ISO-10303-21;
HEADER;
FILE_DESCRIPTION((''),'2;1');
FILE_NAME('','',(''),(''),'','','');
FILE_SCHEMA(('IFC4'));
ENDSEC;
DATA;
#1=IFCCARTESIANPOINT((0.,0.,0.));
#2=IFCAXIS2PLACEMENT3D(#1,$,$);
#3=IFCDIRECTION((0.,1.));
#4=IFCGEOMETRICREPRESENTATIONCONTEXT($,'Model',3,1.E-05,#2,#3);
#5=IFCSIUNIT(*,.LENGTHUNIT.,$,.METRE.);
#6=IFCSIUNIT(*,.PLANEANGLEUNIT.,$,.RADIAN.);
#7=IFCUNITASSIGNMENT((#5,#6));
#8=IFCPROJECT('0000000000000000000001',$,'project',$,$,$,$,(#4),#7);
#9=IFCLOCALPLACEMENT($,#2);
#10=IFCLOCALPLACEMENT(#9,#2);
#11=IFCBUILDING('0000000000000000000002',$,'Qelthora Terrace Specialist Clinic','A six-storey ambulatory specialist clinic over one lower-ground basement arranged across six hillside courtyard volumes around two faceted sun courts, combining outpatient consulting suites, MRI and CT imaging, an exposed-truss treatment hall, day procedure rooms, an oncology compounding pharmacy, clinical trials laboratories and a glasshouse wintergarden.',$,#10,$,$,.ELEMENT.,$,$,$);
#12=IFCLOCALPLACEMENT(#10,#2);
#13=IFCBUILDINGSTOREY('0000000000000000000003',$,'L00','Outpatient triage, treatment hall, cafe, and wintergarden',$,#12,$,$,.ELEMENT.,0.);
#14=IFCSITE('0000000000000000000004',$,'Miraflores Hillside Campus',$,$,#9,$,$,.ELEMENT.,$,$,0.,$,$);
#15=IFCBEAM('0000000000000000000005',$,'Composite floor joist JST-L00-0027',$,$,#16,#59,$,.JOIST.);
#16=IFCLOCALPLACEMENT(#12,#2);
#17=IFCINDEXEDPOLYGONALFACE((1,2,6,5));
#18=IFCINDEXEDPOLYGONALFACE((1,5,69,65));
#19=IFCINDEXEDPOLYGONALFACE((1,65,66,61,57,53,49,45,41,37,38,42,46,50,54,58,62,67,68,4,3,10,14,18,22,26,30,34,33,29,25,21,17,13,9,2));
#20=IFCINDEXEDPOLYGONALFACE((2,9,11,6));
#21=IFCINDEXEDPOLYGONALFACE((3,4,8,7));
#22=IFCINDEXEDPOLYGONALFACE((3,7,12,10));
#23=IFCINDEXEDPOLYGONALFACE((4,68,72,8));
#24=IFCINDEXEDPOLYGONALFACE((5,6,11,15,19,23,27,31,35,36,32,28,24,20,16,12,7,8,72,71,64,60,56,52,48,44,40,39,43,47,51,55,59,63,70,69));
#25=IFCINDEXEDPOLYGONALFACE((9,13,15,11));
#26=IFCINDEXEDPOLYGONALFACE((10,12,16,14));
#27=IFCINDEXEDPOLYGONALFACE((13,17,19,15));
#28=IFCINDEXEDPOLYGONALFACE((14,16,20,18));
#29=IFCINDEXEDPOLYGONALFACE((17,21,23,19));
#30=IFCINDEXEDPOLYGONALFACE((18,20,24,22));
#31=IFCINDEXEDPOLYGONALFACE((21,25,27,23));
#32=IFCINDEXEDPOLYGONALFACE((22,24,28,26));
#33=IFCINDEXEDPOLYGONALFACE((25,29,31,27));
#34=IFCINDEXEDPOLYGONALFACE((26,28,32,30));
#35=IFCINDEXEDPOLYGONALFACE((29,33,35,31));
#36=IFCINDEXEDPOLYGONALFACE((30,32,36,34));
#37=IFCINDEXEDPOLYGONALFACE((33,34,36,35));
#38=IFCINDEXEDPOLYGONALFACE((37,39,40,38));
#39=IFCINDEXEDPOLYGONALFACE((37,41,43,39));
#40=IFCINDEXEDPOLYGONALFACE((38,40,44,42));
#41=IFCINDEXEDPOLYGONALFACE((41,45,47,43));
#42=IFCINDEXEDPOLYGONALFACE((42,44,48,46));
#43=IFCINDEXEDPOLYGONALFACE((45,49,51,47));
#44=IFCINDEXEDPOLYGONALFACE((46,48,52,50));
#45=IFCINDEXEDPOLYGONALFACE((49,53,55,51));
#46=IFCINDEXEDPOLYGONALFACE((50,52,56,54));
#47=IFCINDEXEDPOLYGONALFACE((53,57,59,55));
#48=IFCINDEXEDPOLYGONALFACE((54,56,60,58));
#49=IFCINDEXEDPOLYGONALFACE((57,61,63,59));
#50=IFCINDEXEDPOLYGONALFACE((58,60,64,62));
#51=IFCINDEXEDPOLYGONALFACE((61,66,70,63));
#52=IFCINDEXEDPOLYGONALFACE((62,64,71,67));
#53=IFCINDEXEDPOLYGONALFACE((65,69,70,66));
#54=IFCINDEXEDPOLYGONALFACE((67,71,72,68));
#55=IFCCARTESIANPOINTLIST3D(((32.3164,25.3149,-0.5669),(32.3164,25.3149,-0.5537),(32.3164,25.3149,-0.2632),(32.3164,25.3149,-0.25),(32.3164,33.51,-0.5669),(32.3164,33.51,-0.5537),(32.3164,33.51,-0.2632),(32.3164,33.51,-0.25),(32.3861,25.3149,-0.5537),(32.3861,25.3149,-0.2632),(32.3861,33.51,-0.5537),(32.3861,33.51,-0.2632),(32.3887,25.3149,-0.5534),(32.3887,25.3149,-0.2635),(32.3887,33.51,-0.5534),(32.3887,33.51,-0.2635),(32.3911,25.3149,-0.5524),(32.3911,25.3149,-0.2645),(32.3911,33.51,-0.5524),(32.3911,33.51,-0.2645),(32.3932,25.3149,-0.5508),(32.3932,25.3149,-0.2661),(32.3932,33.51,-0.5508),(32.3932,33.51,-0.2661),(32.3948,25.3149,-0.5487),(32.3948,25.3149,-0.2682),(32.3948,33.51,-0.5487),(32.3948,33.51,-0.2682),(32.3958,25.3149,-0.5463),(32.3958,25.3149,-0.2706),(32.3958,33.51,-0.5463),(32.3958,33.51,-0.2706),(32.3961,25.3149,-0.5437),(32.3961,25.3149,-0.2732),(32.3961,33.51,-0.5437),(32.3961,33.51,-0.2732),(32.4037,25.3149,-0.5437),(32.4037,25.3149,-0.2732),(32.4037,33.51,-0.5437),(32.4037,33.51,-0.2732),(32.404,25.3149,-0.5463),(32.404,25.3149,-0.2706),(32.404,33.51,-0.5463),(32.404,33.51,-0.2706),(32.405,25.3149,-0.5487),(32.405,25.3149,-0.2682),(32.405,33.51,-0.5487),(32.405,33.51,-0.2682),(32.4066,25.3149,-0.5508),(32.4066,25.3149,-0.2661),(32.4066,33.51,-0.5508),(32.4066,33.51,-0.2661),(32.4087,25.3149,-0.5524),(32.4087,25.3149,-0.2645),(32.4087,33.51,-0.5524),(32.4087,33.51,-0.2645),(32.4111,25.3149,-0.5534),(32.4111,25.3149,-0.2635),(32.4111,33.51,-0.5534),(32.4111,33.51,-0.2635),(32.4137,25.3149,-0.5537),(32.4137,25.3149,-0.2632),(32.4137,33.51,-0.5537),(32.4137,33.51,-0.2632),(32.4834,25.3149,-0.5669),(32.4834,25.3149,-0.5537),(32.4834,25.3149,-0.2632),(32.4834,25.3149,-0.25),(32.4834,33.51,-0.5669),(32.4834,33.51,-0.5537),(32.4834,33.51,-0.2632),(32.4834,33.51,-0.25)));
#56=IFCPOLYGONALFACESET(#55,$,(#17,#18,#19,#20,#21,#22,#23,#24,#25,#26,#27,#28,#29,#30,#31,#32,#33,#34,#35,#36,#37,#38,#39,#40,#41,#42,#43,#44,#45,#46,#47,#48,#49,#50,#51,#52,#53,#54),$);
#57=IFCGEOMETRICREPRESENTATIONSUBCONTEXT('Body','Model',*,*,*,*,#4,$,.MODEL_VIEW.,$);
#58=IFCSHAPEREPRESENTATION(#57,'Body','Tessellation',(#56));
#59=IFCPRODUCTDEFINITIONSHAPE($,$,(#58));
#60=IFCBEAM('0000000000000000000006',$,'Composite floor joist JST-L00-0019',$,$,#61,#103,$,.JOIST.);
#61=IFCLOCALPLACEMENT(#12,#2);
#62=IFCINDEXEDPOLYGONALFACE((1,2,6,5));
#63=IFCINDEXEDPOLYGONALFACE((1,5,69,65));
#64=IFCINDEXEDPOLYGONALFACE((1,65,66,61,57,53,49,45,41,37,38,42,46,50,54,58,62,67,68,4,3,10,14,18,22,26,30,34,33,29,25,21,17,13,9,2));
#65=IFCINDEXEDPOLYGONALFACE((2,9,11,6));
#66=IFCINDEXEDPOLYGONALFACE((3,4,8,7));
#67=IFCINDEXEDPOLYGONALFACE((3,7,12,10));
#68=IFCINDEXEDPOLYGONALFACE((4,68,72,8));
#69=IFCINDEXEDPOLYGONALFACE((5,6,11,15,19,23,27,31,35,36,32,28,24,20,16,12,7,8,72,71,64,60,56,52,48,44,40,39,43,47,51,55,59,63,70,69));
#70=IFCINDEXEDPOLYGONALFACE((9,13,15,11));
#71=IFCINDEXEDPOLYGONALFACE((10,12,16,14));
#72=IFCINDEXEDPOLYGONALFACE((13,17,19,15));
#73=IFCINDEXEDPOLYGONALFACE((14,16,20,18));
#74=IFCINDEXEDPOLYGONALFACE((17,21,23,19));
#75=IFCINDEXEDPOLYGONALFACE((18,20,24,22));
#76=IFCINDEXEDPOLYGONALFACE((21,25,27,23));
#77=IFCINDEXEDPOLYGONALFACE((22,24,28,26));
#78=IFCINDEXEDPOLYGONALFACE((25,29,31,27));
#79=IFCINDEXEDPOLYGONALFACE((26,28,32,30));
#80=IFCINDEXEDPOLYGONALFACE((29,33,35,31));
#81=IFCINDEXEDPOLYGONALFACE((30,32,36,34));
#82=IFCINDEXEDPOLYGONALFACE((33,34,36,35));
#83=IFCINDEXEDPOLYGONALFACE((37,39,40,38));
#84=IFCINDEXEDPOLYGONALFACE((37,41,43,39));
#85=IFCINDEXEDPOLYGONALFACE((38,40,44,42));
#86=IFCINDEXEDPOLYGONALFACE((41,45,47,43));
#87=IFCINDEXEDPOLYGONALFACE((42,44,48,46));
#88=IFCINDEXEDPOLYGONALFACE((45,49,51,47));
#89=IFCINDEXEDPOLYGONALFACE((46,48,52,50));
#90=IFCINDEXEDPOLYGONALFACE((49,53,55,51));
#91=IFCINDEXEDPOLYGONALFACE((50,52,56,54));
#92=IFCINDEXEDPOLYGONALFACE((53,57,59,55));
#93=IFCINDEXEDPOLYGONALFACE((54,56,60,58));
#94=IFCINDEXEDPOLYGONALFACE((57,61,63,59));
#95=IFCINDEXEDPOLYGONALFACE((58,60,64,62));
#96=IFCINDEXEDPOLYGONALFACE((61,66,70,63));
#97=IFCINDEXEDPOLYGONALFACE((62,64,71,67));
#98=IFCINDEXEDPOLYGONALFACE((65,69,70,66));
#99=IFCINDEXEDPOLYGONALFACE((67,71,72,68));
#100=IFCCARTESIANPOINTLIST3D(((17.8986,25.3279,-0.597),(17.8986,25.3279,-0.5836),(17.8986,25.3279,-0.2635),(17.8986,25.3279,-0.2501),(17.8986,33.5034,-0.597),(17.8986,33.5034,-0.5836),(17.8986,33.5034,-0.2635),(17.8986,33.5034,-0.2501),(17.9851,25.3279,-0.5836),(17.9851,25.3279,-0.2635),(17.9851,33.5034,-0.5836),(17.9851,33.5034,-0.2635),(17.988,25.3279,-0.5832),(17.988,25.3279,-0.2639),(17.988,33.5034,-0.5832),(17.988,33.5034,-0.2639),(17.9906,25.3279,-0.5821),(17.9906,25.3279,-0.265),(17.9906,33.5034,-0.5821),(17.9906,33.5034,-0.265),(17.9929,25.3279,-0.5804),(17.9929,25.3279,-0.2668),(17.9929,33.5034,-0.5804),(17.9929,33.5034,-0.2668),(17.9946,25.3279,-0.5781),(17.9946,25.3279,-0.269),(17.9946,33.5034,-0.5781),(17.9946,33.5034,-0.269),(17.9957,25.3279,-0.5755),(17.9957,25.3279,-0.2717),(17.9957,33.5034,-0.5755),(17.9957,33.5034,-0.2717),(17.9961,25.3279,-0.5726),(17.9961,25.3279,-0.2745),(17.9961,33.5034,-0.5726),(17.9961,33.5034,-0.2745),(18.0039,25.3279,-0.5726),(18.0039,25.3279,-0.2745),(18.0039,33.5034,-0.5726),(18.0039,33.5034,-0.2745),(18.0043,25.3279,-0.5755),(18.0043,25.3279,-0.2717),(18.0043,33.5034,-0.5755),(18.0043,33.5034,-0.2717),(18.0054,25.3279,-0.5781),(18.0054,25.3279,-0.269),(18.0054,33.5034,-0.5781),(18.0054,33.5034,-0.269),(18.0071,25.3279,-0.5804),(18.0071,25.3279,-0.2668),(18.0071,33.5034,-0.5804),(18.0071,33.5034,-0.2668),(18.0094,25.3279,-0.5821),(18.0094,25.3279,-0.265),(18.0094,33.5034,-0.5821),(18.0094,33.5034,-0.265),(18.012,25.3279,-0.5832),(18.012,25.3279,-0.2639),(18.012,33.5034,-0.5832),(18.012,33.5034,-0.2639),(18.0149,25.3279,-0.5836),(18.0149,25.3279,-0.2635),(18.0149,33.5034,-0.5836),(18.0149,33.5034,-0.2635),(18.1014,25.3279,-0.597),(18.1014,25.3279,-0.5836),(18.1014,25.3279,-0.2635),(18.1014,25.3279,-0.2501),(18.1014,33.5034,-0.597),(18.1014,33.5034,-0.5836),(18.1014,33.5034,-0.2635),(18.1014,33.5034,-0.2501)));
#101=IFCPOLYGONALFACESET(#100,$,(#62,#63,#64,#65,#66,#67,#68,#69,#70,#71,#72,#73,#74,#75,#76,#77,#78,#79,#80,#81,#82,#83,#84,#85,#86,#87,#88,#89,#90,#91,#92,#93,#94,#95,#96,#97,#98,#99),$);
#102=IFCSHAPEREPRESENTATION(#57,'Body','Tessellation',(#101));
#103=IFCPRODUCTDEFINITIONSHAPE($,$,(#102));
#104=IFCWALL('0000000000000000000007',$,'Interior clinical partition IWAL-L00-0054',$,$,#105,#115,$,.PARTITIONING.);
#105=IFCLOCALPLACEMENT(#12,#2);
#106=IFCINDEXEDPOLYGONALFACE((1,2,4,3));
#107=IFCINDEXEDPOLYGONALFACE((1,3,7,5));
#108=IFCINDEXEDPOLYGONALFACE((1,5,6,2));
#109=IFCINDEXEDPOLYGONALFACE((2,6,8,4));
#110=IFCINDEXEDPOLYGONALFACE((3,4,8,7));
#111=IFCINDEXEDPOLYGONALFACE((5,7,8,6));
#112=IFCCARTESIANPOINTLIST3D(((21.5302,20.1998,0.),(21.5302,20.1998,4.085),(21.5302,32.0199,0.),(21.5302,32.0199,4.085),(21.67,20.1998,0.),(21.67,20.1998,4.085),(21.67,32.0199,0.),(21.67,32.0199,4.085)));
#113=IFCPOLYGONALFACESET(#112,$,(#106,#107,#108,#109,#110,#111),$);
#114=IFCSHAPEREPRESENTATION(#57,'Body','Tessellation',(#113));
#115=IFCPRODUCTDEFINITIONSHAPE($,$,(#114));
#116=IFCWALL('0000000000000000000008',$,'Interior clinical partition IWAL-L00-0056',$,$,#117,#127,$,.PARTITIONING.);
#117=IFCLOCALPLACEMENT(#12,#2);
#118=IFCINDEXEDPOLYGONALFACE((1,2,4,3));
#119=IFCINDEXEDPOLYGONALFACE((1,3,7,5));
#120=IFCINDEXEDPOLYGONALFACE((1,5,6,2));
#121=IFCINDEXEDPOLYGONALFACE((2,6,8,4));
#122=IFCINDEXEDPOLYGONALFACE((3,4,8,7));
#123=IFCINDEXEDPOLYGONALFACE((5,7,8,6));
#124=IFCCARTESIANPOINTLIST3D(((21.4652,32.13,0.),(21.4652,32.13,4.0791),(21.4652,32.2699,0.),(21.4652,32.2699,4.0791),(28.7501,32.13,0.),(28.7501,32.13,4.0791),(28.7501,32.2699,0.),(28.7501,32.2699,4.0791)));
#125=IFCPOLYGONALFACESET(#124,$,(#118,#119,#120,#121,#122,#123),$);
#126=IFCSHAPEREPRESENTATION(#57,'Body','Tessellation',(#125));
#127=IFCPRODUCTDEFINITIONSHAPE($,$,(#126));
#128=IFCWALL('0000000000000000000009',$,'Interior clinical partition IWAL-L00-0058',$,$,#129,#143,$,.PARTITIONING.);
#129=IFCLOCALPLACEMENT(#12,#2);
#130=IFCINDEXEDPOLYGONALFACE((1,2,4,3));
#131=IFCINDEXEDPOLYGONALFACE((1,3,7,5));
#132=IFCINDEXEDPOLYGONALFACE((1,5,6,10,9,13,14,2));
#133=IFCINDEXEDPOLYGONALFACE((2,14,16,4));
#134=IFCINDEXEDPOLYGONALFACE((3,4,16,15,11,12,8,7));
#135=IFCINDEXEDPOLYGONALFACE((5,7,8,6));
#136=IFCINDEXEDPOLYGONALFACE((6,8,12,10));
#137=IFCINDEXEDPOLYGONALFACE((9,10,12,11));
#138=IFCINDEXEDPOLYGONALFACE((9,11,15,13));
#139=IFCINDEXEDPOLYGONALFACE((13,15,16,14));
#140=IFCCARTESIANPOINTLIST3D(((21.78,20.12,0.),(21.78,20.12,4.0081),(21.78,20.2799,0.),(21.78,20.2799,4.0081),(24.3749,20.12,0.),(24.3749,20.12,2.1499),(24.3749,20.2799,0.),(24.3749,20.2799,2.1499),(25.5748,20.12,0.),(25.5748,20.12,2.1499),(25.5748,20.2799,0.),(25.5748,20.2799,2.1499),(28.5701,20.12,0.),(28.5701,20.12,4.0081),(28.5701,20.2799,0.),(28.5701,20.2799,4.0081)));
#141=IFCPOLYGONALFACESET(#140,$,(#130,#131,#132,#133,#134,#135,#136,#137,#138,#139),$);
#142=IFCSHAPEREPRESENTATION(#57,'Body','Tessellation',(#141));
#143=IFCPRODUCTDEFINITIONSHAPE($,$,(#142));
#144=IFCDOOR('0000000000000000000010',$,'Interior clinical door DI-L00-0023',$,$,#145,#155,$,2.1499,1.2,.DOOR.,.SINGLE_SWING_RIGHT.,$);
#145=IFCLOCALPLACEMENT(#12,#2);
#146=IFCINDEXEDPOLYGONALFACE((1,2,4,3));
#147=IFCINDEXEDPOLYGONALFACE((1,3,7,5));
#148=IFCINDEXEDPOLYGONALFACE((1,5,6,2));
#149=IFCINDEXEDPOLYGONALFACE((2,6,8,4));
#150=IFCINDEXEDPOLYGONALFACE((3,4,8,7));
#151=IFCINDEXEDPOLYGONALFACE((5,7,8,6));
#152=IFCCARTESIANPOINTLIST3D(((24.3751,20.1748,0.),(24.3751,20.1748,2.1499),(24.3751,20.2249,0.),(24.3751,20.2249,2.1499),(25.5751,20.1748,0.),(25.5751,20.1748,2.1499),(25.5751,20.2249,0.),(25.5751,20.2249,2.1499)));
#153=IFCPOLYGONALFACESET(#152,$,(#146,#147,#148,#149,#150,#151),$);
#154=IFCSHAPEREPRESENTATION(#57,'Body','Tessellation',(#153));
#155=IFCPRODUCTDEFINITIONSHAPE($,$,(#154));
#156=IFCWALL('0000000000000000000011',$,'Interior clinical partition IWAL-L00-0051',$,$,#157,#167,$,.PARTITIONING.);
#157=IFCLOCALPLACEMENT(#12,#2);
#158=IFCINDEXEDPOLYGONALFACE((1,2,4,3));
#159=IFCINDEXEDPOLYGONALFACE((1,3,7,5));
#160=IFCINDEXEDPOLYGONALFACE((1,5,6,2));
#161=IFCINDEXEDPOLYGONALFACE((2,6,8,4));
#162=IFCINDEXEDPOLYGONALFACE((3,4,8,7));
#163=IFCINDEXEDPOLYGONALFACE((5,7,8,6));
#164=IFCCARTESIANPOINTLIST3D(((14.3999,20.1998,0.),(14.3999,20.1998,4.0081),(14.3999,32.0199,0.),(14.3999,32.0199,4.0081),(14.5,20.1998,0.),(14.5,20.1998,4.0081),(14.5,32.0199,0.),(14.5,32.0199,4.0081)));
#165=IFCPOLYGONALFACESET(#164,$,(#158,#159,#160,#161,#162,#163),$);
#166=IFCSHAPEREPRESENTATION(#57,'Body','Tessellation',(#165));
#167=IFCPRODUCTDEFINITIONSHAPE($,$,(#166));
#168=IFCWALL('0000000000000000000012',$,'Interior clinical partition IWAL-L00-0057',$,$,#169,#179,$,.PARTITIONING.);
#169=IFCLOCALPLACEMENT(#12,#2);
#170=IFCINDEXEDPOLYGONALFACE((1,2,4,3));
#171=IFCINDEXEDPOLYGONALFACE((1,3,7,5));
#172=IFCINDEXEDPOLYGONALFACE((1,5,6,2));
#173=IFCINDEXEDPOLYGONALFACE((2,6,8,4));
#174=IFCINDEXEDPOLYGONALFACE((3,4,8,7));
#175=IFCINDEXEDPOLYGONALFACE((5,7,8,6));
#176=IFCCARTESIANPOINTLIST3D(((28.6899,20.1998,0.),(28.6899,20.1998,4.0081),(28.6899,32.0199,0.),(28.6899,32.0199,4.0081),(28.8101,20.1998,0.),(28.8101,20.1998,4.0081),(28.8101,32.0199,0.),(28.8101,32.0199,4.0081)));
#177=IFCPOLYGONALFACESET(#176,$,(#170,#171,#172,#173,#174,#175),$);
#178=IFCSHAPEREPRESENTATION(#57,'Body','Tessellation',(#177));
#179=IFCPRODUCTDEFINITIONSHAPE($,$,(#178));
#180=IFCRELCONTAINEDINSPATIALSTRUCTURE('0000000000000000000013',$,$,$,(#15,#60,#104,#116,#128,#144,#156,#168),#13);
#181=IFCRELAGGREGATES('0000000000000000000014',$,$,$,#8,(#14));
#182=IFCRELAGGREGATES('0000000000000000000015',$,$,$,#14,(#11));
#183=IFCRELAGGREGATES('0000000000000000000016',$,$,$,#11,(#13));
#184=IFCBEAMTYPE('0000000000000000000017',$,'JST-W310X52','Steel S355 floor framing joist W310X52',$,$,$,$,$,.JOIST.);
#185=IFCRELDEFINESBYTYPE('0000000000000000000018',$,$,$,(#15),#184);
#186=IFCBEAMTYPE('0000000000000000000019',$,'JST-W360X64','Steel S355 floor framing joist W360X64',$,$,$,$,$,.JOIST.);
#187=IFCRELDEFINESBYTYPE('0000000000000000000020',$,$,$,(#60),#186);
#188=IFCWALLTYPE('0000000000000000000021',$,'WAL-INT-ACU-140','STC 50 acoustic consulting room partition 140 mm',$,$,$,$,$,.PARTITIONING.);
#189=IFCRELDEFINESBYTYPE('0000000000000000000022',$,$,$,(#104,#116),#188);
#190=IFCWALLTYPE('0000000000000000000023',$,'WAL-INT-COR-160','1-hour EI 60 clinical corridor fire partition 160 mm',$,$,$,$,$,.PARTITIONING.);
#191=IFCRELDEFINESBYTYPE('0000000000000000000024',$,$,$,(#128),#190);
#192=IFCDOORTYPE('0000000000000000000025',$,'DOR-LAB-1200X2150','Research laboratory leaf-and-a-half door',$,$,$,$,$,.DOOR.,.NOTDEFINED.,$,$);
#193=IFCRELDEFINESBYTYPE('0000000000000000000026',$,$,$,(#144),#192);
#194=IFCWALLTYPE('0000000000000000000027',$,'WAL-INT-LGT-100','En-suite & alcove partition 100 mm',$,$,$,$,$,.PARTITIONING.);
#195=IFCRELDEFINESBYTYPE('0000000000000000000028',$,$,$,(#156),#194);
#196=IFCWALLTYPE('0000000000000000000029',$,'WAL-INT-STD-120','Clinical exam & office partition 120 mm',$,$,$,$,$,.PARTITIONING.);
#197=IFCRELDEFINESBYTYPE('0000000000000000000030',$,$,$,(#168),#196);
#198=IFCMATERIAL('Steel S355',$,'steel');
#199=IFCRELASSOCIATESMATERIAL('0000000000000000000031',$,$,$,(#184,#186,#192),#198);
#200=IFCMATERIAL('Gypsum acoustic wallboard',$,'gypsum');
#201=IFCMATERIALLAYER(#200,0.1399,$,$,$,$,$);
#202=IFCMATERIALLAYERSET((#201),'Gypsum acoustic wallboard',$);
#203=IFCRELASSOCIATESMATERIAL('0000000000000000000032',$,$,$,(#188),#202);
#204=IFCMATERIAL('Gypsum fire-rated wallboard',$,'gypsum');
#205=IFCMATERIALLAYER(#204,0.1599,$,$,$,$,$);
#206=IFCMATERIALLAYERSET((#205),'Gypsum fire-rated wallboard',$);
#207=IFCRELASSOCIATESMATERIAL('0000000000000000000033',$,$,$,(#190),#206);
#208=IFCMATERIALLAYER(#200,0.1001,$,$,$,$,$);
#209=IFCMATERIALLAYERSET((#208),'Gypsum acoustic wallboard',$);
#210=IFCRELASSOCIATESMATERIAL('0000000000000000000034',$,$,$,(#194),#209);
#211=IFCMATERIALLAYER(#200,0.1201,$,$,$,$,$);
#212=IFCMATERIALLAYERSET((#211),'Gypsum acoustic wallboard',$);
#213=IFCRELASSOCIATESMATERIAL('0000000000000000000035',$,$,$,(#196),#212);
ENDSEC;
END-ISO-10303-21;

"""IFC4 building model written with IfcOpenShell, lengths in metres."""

from ifc_helpers import new_model, si_unit, direction, frame, frame_2d, origin, origin_2d, place, context, subcontext, project, spatial, rectangle, i_section, extrude, material, layer, layer_set, material_profile, profile_set, type_object, element, fill, save


model = new_model("IFC4")

# Units and contexts
model_context = context("Model", 3, precision=1e-05, world=origin(), true_north=direction((0.0, 1.0)))
body_context = subcontext(model_context, "Body", "Model", "MODEL_VIEW")
ifc_project = project(units=[si_unit("LENGTHUNIT", "METRE"), si_unit("PLANEANGLEUNIT", "RADIAN")], contexts=[model_context])

# Site, building, storey
site_placement = place(None, origin())
site = spatial("IfcSite", under=ifc_project, at=site_placement, Name="Miraflores Hillside Campus", CompositionType="ELEMENT", RefElevation=0.0)
building_placement = place(site_placement, origin())
building = spatial("IfcBuilding", under=site, at=building_placement, Name="Qelthora Terrace Specialist Clinic", Description="A six-storey ambulatory specialist clinic over one lower-ground basement arranged across six hillside courtyard volumes around two faceted sun courts, combining outpatient consulting suites, MRI and CT imaging, an exposed-truss treatment hall, day procedure rooms, an oncology compounding pharmacy, clinical trials laboratories and a glasshouse wintergarden.", CompositionType="ELEMENT")
storey_placement = place(building_placement, origin())
storey = spatial("IfcBuildingStorey", under=building, at=storey_placement, Name="L00", Description="Outpatient triage, treatment hall, cafe, and wintergarden", CompositionType="ELEMENT", Elevation=0.0)

# Shared definitions
ifc_material_1 = material(Name="Steel S355", Category="steel")

# Beams
ifc_material_profile_1 = material_profile(ifc_material_1, i_section(OverallWidth=0.167, OverallDepth=0.3169, WebThickness=0.0076, FlangeThickness=0.0132, FilletRadius=0.01, at=origin_2d()), Name="W310X52")
ifc_profile_set_1 = profile_set([ifc_material_profile_1], Name="Steel S355")
beam_type_1 = type_object("IfcBeamType", Name="JST-W310X52", Description="Steel S355 floor framing joist W310X52", PredefinedType="JOIST", material=ifc_profile_set_1)
beam_1_placement = place(storey_placement, frame((32.3999, 25.3149, -0.4084), z_axis=(0.0, 1.0, 0.0), x_axis=(-1.0, 0.0, 0.0)))
element("IfcBeam", 1, at=beam_1_placement, inside=storey, type_object=beam_type_1, Name="Composite floor joist JST-L00-0027", PredefinedType="JOIST", context=body_context, shape_type="SweptSolid", body=[
    extrude(i_section(OverallWidth=0.167, OverallDepth=0.3169, WebThickness=0.0076, FlangeThickness=0.0132, FilletRadius=0.01, at=origin_2d()), origin(), (0.0, 0.0, 1.0), 8.1951),
])
ifc_material_profile_2 = material_profile(ifc_material_1, i_section(OverallWidth=0.2029, OverallDepth=0.3469, WebThickness=0.0078, FlangeThickness=0.0134, FilletRadius=0.011, at=origin_2d()), Name="W360X64")
ifc_profile_set_2 = profile_set([ifc_material_profile_2], Name="Steel S355")
beam_type_2 = type_object("IfcBeamType", Name="JST-W360X64", Description="Steel S355 floor framing joist W360X64", PredefinedType="JOIST", material=ifc_profile_set_2)
beam_2_placement = place(storey_placement, frame((18.0, 25.3279, -0.4236), z_axis=(0.0, 1.0, 0.0), x_axis=(-1.0, 0.0, 0.0)))
element("IfcBeam", 2, at=beam_2_placement, inside=storey, type_object=beam_type_2, Name="Composite floor joist JST-L00-0019", PredefinedType="JOIST", context=body_context, shape_type="SweptSolid", body=[
    extrude(i_section(OverallWidth=0.2029, OverallDepth=0.3469, WebThickness=0.0078, FlangeThickness=0.0134, FilletRadius=0.011, at=origin_2d()), origin(), (0.0, 0.0, 1.0), 8.1755),
])

# Walls
ifc_material_2 = material(Name="Gypsum acoustic wallboard", Category="gypsum")
ifc_layer_1 = layer(ifc_material_2, 0.1399)
ifc_layer_set_1 = layer_set([ifc_layer_1], Name="Gypsum acoustic wallboard")
wall_type_1 = type_object("IfcWallType", Name="WAL-INT-ACU-140", Description="STC 50 acoustic consulting room partition 140 mm", PredefinedType="PARTITIONING", material=ifc_layer_set_1)
wall_1_placement = place(storey_placement, frame((21.6001, 32.02, 0.0), z_axis=(0.0, 0.0, 1.0), x_axis=(0.0, -1.0, 0.0)))
element("IfcWall", 3, at=wall_1_placement, inside=storey, type_object=wall_type_1, Name="Interior clinical partition IWAL-L00-0054", PredefinedType="PARTITIONING", context=body_context, shape_type="SweptSolid", body=[
    extrude(rectangle(XDim=11.8201, YDim=0.1399, at=frame_2d((5.9102, 0.0))), origin(), (0.0, 0.0, 1.0), 4.085),
])
wall_2_placement = place(storey_placement, frame((21.4651, 32.2, 0.0), z_axis=(0.0, 0.0, 1.0), x_axis=(1.0, 0.0, 0.0)))
element("IfcWall", 4, at=wall_2_placement, inside=storey, type_object=wall_type_1, Name="Interior clinical partition IWAL-L00-0056", PredefinedType="PARTITIONING", context=body_context, shape_type="SweptSolid", body=[
    extrude(rectangle(XDim=7.2849, YDim=0.1399, at=frame_2d((3.6426, 0.0))), origin(), (0.0, 0.0, 1.0), 4.0791),
])

# Wall, opening, door
ifc_material_3 = material(Name="Gypsum fire-rated wallboard", Category="gypsum")
ifc_layer_2 = layer(ifc_material_3, 0.1599)
ifc_layer_set_2 = layer_set([ifc_layer_2], Name="Gypsum fire-rated wallboard")
wall_type_2 = type_object("IfcWallType", Name="WAL-INT-COR-160", Description="1-hour EI 60 clinical corridor fire partition 160 mm", PredefinedType="PARTITIONING", material=ifc_layer_set_2)
wall_3_placement = place(storey_placement, frame((28.5701, 20.2, 0.0), z_axis=(0.0, 0.0, 1.0), x_axis=(-1.0, 0.0, 0.0)))
wall_3 = element("IfcWall", 5, at=wall_3_placement, inside=storey, type_object=wall_type_2, Name="Interior clinical partition IWAL-L00-0058", PredefinedType="PARTITIONING", context=body_context, shape_type="SweptSolid", body=[
    extrude(rectangle(XDim=6.79, YDim=0.1599, at=frame_2d((3.395, 0.0))), origin(), (0.0, 0.0, 1.0), 4.0081),
])
opening_placement = place(wall_3_placement, frame((2.9951, 0.0, 0.0)))
opening = element("IfcOpeningElement", 6, at=opening_placement, cuts=wall_3, PredefinedType="OPENING", context=body_context, shape_type="SweptSolid", body=[
    extrude(rectangle(XDim=1.2, YDim=2.1499, at=frame_2d((0.6001, 1.075))), frame((0.0, 0.0898, 0.0), z_axis=(0.0, -1.0, 0.0), x_axis=(1.0, 0.0, 0.0)), (0.0, 0.0, 1.0), 0.1799),
])
door_type = type_object("IfcDoorType", Name="DOR-LAB-1200X2150", Description="Research laboratory leaf-and-a-half door", OperationType="NOTDEFINED", PredefinedType="DOOR", material=ifc_material_1)
door_placement = place(opening_placement, frame((1.2, 0.0, 0.0), z_axis=(0.0, 0.0, 1.0), x_axis=(-1.0, 0.0, 0.0)))
door = element("IfcDoor", 7, at=door_placement, inside=storey, type_object=door_type, Name="Interior clinical door DI-L00-0023", OperationType="SINGLE_SWING_RIGHT", OverallHeight=2.1499, OverallWidth=1.2, PredefinedType="DOOR", context=body_context, shape_type="SweptSolid", body=[
    extrude(rectangle(XDim=1.2, YDim=2.1499, at=frame_2d((0.6001, 1.075))), frame((0.0, 0.0249, 0.0), z_axis=(0.0, -1.0, 0.0), x_axis=(1.0, 0.0, 0.0)), (0.0, 0.0, 1.0), 0.05),
])
fill(opening, door)

# Walls
ifc_layer_3 = layer(ifc_material_2, 0.1001)
ifc_layer_set_3 = layer_set([ifc_layer_3], Name="Gypsum acoustic wallboard")
wall_type_3 = type_object("IfcWallType", Name="WAL-INT-LGT-100", Description="En-suite & alcove partition 100 mm", PredefinedType="PARTITIONING", material=ifc_layer_set_3)
wall_4_placement = place(storey_placement, frame((14.45, 32.02, 0.0), z_axis=(0.0, 0.0, 1.0), x_axis=(0.0, -1.0, 0.0)))
element("IfcWall", 8, at=wall_4_placement, inside=storey, type_object=wall_type_3, Name="Interior clinical partition IWAL-L00-0051", PredefinedType="PARTITIONING", context=body_context, shape_type="SweptSolid", body=[
    extrude(rectangle(XDim=11.8201, YDim=0.1001, at=frame_2d((5.9102, 0.0))), origin(), (0.0, 0.0, 1.0), 4.0081),
])
ifc_layer_4 = layer(ifc_material_2, 0.1201)
ifc_layer_set_4 = layer_set([ifc_layer_4], Name="Gypsum acoustic wallboard")
wall_type_4 = type_object("IfcWallType", Name="WAL-INT-STD-120", Description="Clinical exam & office partition 120 mm", PredefinedType="PARTITIONING", material=ifc_layer_set_4)
wall_5_placement = place(storey_placement, frame((28.75, 32.02, 0.0), z_axis=(0.0, 0.0, 1.0), x_axis=(0.0, -1.0, 0.0)))
element("IfcWall", 9, at=wall_5_placement, inside=storey, type_object=wall_type_4, Name="Interior clinical partition IWAL-L00-0057", PredefinedType="PARTITIONING", context=body_context, shape_type="SweptSolid", body=[
    extrude(rectangle(XDim=11.8201, YDim=0.1201, at=frame_2d((5.9102, 0.0))), origin(), (0.0, 0.0, 1.0), 4.0081),
])

save(model, "model.ifc")
